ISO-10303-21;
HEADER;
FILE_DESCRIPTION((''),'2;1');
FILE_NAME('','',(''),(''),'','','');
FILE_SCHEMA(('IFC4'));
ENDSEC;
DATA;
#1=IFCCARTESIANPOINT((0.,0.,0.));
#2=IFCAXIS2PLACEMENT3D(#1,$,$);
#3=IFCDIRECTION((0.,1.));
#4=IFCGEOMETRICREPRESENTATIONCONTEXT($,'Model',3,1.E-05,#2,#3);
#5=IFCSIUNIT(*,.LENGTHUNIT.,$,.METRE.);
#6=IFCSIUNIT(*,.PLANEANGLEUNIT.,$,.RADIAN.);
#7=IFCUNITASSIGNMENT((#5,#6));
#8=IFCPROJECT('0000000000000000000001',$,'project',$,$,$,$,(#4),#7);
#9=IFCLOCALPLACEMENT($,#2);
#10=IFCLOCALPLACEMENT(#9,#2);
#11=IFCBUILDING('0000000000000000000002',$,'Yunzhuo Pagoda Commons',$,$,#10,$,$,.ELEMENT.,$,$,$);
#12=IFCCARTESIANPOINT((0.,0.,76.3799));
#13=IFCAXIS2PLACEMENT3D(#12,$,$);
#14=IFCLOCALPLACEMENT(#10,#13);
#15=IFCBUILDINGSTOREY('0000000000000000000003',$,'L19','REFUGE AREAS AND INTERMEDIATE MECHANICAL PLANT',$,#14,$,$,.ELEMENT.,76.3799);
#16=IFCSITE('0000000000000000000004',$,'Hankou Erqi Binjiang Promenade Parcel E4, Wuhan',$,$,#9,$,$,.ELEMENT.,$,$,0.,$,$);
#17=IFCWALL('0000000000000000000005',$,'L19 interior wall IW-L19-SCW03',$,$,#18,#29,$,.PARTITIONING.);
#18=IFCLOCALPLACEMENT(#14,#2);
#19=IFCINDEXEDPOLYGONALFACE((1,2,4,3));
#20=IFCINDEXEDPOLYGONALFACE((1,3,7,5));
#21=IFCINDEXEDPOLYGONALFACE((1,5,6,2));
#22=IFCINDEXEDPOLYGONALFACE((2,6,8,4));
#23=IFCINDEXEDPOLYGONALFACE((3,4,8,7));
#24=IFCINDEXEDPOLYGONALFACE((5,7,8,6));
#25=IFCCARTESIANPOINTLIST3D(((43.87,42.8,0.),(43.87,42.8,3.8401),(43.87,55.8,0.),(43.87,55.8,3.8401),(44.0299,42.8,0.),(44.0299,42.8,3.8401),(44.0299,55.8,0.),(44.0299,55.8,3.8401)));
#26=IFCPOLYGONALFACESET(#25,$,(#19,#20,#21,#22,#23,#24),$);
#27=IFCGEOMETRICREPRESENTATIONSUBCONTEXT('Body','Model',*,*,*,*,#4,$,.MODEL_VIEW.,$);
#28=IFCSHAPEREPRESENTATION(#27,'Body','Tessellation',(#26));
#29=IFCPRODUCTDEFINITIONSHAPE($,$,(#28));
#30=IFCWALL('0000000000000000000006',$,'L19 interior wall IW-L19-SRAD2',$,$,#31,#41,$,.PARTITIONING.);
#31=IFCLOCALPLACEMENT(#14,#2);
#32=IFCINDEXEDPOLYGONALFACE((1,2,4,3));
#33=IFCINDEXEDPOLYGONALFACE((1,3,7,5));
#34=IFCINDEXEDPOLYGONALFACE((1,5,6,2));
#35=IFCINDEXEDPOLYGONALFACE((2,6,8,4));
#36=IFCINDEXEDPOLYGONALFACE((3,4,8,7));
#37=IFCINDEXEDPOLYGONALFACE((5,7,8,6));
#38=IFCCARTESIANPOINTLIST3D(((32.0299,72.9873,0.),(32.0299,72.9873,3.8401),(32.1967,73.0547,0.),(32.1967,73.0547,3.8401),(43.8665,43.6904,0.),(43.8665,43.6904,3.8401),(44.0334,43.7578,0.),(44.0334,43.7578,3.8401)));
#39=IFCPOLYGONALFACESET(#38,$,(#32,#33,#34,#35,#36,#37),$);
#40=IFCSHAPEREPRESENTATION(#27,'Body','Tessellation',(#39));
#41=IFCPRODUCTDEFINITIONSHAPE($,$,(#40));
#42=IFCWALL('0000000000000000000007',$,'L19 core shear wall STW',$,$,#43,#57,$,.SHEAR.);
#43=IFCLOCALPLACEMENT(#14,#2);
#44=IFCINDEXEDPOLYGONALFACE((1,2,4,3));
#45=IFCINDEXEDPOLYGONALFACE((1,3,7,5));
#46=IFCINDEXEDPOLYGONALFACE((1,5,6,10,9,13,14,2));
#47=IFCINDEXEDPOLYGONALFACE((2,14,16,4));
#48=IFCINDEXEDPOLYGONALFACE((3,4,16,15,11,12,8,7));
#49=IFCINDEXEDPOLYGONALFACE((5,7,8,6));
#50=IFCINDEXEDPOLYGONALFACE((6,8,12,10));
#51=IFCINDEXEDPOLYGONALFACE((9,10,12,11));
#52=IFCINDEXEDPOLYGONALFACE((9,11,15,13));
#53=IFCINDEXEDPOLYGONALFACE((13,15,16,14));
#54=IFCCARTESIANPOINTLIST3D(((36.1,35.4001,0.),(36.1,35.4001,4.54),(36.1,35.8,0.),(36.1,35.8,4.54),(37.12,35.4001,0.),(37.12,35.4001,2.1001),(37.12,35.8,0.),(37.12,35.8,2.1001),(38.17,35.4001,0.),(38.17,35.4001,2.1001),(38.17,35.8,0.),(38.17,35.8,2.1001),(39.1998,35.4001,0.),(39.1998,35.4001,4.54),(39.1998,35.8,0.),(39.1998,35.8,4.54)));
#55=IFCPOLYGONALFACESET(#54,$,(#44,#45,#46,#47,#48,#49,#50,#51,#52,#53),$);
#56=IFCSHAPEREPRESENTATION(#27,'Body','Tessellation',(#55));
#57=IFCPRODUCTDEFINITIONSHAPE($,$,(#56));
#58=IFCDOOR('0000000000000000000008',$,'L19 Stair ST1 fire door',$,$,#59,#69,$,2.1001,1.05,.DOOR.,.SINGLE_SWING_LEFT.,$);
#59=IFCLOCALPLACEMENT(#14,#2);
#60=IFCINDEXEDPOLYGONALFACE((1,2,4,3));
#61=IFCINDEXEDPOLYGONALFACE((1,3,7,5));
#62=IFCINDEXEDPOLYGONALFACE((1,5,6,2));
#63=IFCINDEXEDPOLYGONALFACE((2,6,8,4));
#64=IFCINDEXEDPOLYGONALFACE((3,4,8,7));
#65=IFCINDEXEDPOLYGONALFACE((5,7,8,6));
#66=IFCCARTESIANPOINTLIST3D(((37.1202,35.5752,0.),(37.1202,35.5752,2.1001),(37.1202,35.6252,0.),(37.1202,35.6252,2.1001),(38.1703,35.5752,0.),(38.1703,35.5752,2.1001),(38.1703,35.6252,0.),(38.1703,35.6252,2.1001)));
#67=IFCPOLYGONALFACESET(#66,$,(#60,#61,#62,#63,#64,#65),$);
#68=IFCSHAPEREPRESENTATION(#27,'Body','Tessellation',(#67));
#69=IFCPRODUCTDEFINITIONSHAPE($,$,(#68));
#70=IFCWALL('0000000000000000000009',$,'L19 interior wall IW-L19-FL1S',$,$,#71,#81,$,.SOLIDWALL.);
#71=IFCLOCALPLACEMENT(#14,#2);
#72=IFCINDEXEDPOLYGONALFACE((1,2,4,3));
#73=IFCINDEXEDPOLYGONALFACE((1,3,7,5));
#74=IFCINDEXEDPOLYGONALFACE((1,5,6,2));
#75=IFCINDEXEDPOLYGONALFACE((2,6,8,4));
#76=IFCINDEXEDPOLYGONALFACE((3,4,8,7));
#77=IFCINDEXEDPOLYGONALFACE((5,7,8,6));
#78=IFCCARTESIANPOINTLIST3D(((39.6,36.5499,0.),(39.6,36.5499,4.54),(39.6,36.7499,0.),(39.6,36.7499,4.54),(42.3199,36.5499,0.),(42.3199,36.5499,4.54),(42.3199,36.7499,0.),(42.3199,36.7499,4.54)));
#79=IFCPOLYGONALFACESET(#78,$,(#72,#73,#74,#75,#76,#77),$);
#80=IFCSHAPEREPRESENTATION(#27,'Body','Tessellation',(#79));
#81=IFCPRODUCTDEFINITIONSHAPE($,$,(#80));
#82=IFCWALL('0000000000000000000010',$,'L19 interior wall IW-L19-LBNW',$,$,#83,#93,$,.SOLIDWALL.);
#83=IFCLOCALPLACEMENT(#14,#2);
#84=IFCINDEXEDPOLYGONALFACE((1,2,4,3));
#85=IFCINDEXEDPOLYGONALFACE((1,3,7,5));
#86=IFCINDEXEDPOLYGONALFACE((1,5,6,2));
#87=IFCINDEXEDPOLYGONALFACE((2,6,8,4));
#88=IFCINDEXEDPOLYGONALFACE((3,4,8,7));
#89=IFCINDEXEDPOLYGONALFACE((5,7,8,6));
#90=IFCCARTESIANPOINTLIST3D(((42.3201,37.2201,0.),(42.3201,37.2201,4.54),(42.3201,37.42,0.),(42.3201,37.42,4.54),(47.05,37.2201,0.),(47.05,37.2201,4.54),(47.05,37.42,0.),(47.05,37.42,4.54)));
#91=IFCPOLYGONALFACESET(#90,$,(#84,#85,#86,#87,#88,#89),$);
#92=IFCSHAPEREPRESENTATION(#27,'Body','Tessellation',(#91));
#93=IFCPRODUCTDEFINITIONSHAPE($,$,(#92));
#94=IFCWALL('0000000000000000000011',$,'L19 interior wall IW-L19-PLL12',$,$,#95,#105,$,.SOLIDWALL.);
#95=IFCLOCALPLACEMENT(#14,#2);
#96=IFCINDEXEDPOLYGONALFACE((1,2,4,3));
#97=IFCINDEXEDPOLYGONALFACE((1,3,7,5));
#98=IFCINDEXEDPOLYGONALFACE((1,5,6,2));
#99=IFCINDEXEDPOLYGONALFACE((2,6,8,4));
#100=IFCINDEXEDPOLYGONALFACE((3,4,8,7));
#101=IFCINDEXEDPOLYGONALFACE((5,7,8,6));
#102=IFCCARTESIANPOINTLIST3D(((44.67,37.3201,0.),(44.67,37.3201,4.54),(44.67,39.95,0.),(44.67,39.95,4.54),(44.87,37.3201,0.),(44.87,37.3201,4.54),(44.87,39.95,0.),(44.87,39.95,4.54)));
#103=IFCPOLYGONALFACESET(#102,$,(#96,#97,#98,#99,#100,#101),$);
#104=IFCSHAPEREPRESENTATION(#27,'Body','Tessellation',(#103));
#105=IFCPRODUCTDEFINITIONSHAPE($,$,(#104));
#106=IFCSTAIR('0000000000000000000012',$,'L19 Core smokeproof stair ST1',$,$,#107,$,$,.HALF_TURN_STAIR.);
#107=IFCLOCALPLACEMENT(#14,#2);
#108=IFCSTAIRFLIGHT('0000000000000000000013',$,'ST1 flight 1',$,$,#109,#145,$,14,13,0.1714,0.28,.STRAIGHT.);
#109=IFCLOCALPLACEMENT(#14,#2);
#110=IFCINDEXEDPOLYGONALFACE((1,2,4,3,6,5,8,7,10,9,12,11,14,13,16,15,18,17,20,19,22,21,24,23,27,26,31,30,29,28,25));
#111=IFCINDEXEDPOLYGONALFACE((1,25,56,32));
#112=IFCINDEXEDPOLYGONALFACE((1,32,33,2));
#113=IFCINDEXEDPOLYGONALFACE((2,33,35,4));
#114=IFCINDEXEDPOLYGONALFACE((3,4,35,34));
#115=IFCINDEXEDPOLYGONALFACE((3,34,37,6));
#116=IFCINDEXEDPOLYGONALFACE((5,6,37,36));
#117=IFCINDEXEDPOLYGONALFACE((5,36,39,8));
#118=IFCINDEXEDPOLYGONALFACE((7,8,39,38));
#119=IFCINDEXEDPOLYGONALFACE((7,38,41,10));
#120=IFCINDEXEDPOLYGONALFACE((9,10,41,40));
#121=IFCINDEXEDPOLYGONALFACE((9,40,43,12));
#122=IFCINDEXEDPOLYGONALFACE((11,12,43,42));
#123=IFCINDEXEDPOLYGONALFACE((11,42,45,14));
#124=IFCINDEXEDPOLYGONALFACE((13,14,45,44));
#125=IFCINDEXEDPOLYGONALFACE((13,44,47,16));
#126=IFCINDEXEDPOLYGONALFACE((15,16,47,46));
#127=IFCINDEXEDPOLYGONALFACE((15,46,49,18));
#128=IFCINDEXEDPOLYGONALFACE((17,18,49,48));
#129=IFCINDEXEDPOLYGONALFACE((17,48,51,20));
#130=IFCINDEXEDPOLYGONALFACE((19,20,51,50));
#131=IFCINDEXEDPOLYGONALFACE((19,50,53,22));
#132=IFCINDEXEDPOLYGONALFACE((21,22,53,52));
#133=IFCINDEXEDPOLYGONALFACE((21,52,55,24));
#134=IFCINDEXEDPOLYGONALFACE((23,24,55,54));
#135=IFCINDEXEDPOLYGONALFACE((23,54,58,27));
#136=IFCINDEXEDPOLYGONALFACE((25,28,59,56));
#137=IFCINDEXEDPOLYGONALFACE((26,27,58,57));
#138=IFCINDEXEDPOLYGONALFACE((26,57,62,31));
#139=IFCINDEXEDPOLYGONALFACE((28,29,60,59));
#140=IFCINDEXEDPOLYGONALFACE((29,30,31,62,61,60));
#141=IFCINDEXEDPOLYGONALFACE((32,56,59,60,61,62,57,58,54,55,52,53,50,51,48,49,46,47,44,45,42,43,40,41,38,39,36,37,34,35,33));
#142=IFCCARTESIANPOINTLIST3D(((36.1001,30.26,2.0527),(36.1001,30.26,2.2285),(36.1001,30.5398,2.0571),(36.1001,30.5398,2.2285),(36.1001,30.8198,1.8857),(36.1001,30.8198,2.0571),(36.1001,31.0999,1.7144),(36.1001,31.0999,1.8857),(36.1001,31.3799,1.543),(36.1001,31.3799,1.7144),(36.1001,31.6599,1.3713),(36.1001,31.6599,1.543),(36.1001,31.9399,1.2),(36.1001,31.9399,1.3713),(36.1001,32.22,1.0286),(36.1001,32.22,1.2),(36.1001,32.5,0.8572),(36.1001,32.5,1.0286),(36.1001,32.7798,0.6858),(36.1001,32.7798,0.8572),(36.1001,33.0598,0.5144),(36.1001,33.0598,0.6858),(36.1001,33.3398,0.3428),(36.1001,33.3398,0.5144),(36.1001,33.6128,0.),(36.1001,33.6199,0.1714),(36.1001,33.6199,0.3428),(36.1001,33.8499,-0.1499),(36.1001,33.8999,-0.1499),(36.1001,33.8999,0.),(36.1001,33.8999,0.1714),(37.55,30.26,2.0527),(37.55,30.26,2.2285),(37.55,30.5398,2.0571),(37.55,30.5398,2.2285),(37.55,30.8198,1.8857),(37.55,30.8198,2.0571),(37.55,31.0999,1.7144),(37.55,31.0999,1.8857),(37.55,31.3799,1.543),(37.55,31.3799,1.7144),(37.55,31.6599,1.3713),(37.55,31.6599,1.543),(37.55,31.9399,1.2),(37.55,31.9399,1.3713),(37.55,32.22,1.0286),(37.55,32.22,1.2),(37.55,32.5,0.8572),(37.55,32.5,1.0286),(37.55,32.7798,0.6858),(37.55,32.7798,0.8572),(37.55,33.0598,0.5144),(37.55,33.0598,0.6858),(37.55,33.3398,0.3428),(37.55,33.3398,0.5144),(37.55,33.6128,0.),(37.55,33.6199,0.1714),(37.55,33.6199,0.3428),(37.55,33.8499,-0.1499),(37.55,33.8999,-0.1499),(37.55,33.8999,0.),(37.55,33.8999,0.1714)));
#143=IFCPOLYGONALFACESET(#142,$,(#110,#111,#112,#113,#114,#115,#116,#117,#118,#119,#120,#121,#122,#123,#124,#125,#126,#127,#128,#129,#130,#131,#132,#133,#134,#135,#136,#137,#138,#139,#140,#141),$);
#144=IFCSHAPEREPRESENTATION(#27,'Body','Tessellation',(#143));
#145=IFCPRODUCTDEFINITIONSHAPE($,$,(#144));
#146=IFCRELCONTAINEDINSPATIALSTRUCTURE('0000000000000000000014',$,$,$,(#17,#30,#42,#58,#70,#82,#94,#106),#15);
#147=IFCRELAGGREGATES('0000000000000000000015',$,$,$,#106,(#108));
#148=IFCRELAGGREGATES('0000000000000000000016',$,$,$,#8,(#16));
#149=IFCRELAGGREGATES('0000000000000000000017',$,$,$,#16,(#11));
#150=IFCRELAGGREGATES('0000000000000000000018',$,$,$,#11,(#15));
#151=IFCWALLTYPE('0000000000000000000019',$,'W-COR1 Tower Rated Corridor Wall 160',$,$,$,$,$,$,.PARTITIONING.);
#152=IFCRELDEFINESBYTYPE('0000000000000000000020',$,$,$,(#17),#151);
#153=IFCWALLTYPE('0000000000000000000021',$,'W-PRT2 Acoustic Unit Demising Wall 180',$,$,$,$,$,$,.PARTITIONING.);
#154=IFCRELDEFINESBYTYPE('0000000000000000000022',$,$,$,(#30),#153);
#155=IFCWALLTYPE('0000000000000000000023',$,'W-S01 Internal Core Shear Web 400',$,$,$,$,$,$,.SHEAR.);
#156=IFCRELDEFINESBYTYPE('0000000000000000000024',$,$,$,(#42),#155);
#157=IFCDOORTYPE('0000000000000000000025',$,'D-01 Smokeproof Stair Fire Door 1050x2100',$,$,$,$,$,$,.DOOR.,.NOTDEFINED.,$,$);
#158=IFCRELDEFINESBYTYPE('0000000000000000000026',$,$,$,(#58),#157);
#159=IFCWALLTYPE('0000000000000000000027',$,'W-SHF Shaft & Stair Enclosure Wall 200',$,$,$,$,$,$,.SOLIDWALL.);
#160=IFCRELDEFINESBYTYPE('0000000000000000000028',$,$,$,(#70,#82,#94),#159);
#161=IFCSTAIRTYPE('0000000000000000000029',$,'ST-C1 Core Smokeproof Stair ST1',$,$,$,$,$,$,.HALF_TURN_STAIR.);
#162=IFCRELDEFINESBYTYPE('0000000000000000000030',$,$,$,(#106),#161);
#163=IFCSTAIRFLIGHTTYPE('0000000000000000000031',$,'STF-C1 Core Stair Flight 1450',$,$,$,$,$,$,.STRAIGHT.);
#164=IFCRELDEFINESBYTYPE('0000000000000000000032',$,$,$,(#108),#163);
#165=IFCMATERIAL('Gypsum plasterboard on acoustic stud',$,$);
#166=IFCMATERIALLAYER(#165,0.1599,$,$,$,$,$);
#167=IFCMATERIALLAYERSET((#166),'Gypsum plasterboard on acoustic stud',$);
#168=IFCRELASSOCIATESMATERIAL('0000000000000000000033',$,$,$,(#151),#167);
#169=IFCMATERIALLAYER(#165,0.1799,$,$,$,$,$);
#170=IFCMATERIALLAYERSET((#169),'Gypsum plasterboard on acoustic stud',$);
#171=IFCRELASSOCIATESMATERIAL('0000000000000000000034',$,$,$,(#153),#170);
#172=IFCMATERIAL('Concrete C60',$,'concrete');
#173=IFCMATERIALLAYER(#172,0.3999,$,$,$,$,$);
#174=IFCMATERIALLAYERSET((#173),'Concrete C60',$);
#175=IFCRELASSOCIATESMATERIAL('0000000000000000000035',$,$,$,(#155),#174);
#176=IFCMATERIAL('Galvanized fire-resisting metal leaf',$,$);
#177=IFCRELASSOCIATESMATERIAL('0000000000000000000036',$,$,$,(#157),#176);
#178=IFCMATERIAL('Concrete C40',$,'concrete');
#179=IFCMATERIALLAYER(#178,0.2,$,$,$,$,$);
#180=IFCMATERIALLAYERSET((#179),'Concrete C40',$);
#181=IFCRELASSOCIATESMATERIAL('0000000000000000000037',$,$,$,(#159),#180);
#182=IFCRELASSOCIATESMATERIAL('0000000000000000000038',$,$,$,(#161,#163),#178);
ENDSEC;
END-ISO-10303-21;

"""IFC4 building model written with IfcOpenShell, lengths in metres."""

from ifc_helpers import new_model, si_unit, direction, frame, frame_2d, origin, place, context, subcontext, project, spatial, polyline, rectangle, outline, extrude, source, transform, mapped, material, layer, layer_set, type_object, element, fill, aggregate, save


model = new_model("IFC4")

# Units and contexts
model_context = context("Model", 3, precision=1e-05, world=origin(), true_north=direction((0.0, 1.0)))
body_context = subcontext(model_context, "Body", "Model", "MODEL_VIEW")
ifc_project = project(units=[si_unit("LENGTHUNIT", "METRE"), si_unit("PLANEANGLEUNIT", "RADIAN")], contexts=[model_context])

# Site, building, storey
site_placement = place(None, origin())
site = spatial("IfcSite", under=ifc_project, at=site_placement, Name="Hankou Erqi Binjiang Promenade Parcel E4, Wuhan", CompositionType="ELEMENT", RefElevation=0.0)
building_placement = place(site_placement, origin())
building = spatial("IfcBuilding", under=site, at=building_placement, Name="Yunzhuo Pagoda Commons", CompositionType="ELEMENT")
storey_placement = place(building_placement, frame((0.0, 0.0, 76.3799)))
storey = spatial("IfcBuildingStorey", under=building, at=storey_placement, Name="L19", Description="REFUGE AREAS AND INTERMEDIATE MECHANICAL PLANT", CompositionType="ELEMENT", Elevation=76.3799)

# Walls
ifc_material_1 = material(Name="Gypsum plasterboard on acoustic stud")
ifc_layer_1 = layer(ifc_material_1, 0.1599)
ifc_layer_set_1 = layer_set([ifc_layer_1], Name="Gypsum plasterboard on acoustic stud")
wall_type_1 = type_object("IfcWallType", Name="W-COR1 Tower Rated Corridor Wall 160", PredefinedType="PARTITIONING", material=ifc_layer_set_1)
wall_1_placement = place(storey_placement, frame((43.95, 42.8, 0.0), z_axis=(0.0, 0.0, 1.0), x_axis=(0.0, 1.0, 0.0)))
element("IfcWall", 1, at=wall_1_placement, inside=storey, type_object=wall_type_1, Name="L19 interior wall IW-L19-SCW03", PredefinedType="PARTITIONING", context=body_context, shape_type="SweptSolid", body=[
    extrude(rectangle(XDim=13.0, YDim=0.1599, at=frame_2d((6.5, 0.0))), origin(), (0.0, 0.0, 1.0), 3.8401),
])
ifc_layer_2 = layer(ifc_material_1, 0.1799)
ifc_layer_set_2 = layer_set([ifc_layer_2], Name="Gypsum plasterboard on acoustic stud")
wall_type_2 = type_object("IfcWallType", Name="W-PRT2 Acoustic Unit Demising Wall 180", PredefinedType="PARTITIONING", material=ifc_layer_set_2)
wall_2_placement = place(storey_placement, frame((43.95, 43.7241, 0.0), z_axis=(0.0, 0.0, 1.0), x_axis=(-0.374606, 0.927184, 0.0)))
element("IfcWall", 2, at=wall_2_placement, inside=storey, type_object=wall_type_2, Name="L19 interior wall IW-L19-SRAD2", PredefinedType="PARTITIONING", context=body_context, shape_type="SweptSolid", body=[
    extrude(rectangle(XDim=31.5977, YDim=0.1799, at=frame_2d((15.7988, 0.0))), origin(), (0.0, 0.0, 1.0), 3.8401),
])

# Wall, opening, door
ifc_material_2 = material(Name="Concrete C60", Category="concrete")
ifc_layer_3 = layer(ifc_material_2, 0.3999)
ifc_layer_set_3 = layer_set([ifc_layer_3], Name="Concrete C60")
wall_type_3 = type_object("IfcWallType", Name="W-S01 Internal Core Shear Web 400", PredefinedType="SHEAR", material=ifc_layer_set_3)
wall_3_placement = place(storey_placement, frame((36.1001, 35.6001, 0.0), z_axis=(0.0, 0.0, 1.0), x_axis=(1.0, 0.0, 0.0)))
wall_3 = element("IfcWall", 3, at=wall_3_placement, inside=storey, type_object=wall_type_3, Name="L19 core shear wall STW", PredefinedType="SHEAR", context=body_context, shape_type="SweptSolid", body=[
    extrude(rectangle(XDim=3.0999, YDim=0.3999, at=frame_2d((1.5498, 0.0))), origin(), (0.0, 0.0, 1.0), 4.54),
])
opening_placement = place(wall_3_placement, frame((1.02, 0.0, 0.0)))
opening = element("IfcOpeningElement", 4, at=opening_placement, cuts=wall_3, PredefinedType="OPENING", context=body_context, shape_type="SweptSolid", body=[
    extrude(rectangle(XDim=1.05, YDim=2.1001, at=frame_2d((0.5249, 1.05))), frame((0.0, 0.21, 0.0), z_axis=(0.0, -1.0, 0.0), x_axis=(1.0, 0.0, 0.0)), (0.0, 0.0, 1.0), 0.4199),
])
ifc_material_3 = material(Name="Galvanized fire-resisting metal leaf")
door_type = type_object("IfcDoorType", Name="D-01 Smokeproof Stair Fire Door 1050x2100", OperationType="NOTDEFINED", PredefinedType="DOOR", material=ifc_material_3)
shared_shape_1 = source(origin(), body_context, "Body", "SweptSolid", [
    extrude(rectangle(XDim=1.05, YDim=2.1001, at=frame_2d((0.5249, 1.05))), frame((0.0, 0.0249, 0.0), z_axis=(0.0, -1.0, 0.0), x_axis=(1.0, 0.0, 0.0)), (0.0, 0.0, 1.0), 0.05),
])
door_placement = place(opening_placement, frame((1.05, 0.0, 0.0), z_axis=(0.0, 0.0, 1.0), x_axis=(-1.0, 0.0, 0.0)))
door = element("IfcDoor", 5, at=door_placement, inside=storey, type_object=door_type, Name="L19 Stair ST1 fire door", OperationType="SINGLE_SWING_LEFT", OverallHeight=2.1001, OverallWidth=1.05, PredefinedType="DOOR", context=body_context, shape_type="MappedRepresentation", body=[
    mapped(shared_shape_1, transform((0.0, 0.0, 0.0), scale=1.0)),
])
fill(opening, door)

# Walls
ifc_material_4 = material(Name="Concrete C40", Category="concrete")
ifc_layer_4 = layer(ifc_material_4, 0.2)
ifc_layer_set_4 = layer_set([ifc_layer_4], Name="Concrete C40")
wall_type_4 = type_object("IfcWallType", Name="W-SHF Shaft & Stair Enclosure Wall 200", PredefinedType="SOLIDWALL", material=ifc_layer_set_4)
wall_4_placement = place(storey_placement, frame((39.6001, 36.6499, 0.0), z_axis=(0.0, 0.0, 1.0), x_axis=(1.0, 0.0, 0.0)))
element("IfcWall", 6, at=wall_4_placement, inside=storey, type_object=wall_type_4, Name="L19 interior wall IW-L19-FL1S", PredefinedType="SOLIDWALL", context=body_context, shape_type="SweptSolid", body=[
    extrude(rectangle(XDim=2.72, YDim=0.2, at=frame_2d((1.3599, 0.0))), origin(), (0.0, 0.0, 1.0), 4.54),
])
wall_5_placement = place(storey_placement, frame((42.3201, 37.3201, 0.0), z_axis=(0.0, 0.0, 1.0), x_axis=(1.0, 0.0, 0.0)))
element("IfcWall", 7, at=wall_5_placement, inside=storey, type_object=wall_type_4, Name="L19 interior wall IW-L19-LBNW", PredefinedType="SOLIDWALL", context=body_context, shape_type="SweptSolid", body=[
    extrude(rectangle(XDim=4.73, YDim=0.2, at=frame_2d((2.365, 0.0))), origin(), (0.0, 0.0, 1.0), 4.54),
])
wall_6_placement = place(storey_placement, frame((44.77, 37.3201, 0.0), z_axis=(0.0, 0.0, 1.0), x_axis=(0.0, 1.0, 0.0)))
element("IfcWall", 8, at=wall_6_placement, inside=storey, type_object=wall_type_4, Name="L19 interior wall IW-L19-PLL12", PredefinedType="SOLIDWALL", context=body_context, shape_type="SweptSolid", body=[
    extrude(rectangle(XDim=2.6299, YDim=0.2, at=frame_2d((1.3149, 0.0))), origin(), (0.0, 0.0, 1.0), 4.54),
])

# Stair, stair flight
stair_type = type_object("IfcStairType", Name="ST-C1 Core Smokeproof Stair ST1", PredefinedType="HALF_TURN_STAIR", material=ifc_material_4)
stair_placement = place(storey_placement, origin())
stair = element("IfcStair", 9, at=stair_placement, inside=storey, type_object=stair_type, Name="L19 Core smokeproof stair ST1", PredefinedType="HALF_TURN_STAIR")
stair_flight_type = type_object("IfcStairFlightType", Name="STF-C1 Core Stair Flight 1450", PredefinedType="STRAIGHT", material=ifc_material_4)
shared_shape_2 = source(origin(), body_context, "Body", "SweptSolid", [
    extrude(outline(polyline([(0.0, -0.1499), (0.0, 0.0), (0.0, 0.1714), (0.28, 0.1714), (0.28, 0.3428), (0.5601, 0.3428), (0.5601, 0.5144), (0.8401, 0.5144), (0.8401, 0.6858), (1.1201, 0.6858), (1.1201, 0.8572), (1.3999, 0.8572), (1.3999, 1.0286), (1.6799, 1.0286), (1.6799, 1.2), (1.96, 1.2), (1.96, 1.3713), (2.24, 1.3713), (2.24, 1.543), (2.52, 1.543), (2.52, 1.7144), (2.8, 1.7144), (2.8, 1.8857), (3.0801, 1.8857), (3.0801, 2.0571), (3.3601, 2.0571), (3.3601, 2.2285), (3.6399, 2.2285), (3.6399, 2.3999), (3.6399, 2.0527), (0.2871, 0.0), (0.05, -0.1499), (0.0, -0.1499)])), frame((0.0, 0.7251, 0.0), z_axis=(0.0, -1.0, 0.0), x_axis=(1.0, 0.0, 0.0)), (0.0, 0.0, 1.0), 1.45),
])
stair_flight_placement = place(storey_placement, frame((36.825, 33.8999, 0.0), z_axis=(0.0, 0.0, 1.0), x_axis=(0.0, -1.0, 0.0)))
stair_flight = element("IfcStairFlight", 10, at=stair_flight_placement, type_object=stair_flight_type, Name="ST1 flight 1", NumberOfRisers=14, NumberOfTreads=13, PredefinedType="STRAIGHT", RiserHeight=0.1714, TreadLength=0.28, context=body_context, shape_type="MappedRepresentation", body=[
    mapped(shared_shape_2, transform((0.0, 0.0, 0.0), scale=1.0)),
])
aggregate(stair, [stair_flight])

save(model, "model.ifc")
